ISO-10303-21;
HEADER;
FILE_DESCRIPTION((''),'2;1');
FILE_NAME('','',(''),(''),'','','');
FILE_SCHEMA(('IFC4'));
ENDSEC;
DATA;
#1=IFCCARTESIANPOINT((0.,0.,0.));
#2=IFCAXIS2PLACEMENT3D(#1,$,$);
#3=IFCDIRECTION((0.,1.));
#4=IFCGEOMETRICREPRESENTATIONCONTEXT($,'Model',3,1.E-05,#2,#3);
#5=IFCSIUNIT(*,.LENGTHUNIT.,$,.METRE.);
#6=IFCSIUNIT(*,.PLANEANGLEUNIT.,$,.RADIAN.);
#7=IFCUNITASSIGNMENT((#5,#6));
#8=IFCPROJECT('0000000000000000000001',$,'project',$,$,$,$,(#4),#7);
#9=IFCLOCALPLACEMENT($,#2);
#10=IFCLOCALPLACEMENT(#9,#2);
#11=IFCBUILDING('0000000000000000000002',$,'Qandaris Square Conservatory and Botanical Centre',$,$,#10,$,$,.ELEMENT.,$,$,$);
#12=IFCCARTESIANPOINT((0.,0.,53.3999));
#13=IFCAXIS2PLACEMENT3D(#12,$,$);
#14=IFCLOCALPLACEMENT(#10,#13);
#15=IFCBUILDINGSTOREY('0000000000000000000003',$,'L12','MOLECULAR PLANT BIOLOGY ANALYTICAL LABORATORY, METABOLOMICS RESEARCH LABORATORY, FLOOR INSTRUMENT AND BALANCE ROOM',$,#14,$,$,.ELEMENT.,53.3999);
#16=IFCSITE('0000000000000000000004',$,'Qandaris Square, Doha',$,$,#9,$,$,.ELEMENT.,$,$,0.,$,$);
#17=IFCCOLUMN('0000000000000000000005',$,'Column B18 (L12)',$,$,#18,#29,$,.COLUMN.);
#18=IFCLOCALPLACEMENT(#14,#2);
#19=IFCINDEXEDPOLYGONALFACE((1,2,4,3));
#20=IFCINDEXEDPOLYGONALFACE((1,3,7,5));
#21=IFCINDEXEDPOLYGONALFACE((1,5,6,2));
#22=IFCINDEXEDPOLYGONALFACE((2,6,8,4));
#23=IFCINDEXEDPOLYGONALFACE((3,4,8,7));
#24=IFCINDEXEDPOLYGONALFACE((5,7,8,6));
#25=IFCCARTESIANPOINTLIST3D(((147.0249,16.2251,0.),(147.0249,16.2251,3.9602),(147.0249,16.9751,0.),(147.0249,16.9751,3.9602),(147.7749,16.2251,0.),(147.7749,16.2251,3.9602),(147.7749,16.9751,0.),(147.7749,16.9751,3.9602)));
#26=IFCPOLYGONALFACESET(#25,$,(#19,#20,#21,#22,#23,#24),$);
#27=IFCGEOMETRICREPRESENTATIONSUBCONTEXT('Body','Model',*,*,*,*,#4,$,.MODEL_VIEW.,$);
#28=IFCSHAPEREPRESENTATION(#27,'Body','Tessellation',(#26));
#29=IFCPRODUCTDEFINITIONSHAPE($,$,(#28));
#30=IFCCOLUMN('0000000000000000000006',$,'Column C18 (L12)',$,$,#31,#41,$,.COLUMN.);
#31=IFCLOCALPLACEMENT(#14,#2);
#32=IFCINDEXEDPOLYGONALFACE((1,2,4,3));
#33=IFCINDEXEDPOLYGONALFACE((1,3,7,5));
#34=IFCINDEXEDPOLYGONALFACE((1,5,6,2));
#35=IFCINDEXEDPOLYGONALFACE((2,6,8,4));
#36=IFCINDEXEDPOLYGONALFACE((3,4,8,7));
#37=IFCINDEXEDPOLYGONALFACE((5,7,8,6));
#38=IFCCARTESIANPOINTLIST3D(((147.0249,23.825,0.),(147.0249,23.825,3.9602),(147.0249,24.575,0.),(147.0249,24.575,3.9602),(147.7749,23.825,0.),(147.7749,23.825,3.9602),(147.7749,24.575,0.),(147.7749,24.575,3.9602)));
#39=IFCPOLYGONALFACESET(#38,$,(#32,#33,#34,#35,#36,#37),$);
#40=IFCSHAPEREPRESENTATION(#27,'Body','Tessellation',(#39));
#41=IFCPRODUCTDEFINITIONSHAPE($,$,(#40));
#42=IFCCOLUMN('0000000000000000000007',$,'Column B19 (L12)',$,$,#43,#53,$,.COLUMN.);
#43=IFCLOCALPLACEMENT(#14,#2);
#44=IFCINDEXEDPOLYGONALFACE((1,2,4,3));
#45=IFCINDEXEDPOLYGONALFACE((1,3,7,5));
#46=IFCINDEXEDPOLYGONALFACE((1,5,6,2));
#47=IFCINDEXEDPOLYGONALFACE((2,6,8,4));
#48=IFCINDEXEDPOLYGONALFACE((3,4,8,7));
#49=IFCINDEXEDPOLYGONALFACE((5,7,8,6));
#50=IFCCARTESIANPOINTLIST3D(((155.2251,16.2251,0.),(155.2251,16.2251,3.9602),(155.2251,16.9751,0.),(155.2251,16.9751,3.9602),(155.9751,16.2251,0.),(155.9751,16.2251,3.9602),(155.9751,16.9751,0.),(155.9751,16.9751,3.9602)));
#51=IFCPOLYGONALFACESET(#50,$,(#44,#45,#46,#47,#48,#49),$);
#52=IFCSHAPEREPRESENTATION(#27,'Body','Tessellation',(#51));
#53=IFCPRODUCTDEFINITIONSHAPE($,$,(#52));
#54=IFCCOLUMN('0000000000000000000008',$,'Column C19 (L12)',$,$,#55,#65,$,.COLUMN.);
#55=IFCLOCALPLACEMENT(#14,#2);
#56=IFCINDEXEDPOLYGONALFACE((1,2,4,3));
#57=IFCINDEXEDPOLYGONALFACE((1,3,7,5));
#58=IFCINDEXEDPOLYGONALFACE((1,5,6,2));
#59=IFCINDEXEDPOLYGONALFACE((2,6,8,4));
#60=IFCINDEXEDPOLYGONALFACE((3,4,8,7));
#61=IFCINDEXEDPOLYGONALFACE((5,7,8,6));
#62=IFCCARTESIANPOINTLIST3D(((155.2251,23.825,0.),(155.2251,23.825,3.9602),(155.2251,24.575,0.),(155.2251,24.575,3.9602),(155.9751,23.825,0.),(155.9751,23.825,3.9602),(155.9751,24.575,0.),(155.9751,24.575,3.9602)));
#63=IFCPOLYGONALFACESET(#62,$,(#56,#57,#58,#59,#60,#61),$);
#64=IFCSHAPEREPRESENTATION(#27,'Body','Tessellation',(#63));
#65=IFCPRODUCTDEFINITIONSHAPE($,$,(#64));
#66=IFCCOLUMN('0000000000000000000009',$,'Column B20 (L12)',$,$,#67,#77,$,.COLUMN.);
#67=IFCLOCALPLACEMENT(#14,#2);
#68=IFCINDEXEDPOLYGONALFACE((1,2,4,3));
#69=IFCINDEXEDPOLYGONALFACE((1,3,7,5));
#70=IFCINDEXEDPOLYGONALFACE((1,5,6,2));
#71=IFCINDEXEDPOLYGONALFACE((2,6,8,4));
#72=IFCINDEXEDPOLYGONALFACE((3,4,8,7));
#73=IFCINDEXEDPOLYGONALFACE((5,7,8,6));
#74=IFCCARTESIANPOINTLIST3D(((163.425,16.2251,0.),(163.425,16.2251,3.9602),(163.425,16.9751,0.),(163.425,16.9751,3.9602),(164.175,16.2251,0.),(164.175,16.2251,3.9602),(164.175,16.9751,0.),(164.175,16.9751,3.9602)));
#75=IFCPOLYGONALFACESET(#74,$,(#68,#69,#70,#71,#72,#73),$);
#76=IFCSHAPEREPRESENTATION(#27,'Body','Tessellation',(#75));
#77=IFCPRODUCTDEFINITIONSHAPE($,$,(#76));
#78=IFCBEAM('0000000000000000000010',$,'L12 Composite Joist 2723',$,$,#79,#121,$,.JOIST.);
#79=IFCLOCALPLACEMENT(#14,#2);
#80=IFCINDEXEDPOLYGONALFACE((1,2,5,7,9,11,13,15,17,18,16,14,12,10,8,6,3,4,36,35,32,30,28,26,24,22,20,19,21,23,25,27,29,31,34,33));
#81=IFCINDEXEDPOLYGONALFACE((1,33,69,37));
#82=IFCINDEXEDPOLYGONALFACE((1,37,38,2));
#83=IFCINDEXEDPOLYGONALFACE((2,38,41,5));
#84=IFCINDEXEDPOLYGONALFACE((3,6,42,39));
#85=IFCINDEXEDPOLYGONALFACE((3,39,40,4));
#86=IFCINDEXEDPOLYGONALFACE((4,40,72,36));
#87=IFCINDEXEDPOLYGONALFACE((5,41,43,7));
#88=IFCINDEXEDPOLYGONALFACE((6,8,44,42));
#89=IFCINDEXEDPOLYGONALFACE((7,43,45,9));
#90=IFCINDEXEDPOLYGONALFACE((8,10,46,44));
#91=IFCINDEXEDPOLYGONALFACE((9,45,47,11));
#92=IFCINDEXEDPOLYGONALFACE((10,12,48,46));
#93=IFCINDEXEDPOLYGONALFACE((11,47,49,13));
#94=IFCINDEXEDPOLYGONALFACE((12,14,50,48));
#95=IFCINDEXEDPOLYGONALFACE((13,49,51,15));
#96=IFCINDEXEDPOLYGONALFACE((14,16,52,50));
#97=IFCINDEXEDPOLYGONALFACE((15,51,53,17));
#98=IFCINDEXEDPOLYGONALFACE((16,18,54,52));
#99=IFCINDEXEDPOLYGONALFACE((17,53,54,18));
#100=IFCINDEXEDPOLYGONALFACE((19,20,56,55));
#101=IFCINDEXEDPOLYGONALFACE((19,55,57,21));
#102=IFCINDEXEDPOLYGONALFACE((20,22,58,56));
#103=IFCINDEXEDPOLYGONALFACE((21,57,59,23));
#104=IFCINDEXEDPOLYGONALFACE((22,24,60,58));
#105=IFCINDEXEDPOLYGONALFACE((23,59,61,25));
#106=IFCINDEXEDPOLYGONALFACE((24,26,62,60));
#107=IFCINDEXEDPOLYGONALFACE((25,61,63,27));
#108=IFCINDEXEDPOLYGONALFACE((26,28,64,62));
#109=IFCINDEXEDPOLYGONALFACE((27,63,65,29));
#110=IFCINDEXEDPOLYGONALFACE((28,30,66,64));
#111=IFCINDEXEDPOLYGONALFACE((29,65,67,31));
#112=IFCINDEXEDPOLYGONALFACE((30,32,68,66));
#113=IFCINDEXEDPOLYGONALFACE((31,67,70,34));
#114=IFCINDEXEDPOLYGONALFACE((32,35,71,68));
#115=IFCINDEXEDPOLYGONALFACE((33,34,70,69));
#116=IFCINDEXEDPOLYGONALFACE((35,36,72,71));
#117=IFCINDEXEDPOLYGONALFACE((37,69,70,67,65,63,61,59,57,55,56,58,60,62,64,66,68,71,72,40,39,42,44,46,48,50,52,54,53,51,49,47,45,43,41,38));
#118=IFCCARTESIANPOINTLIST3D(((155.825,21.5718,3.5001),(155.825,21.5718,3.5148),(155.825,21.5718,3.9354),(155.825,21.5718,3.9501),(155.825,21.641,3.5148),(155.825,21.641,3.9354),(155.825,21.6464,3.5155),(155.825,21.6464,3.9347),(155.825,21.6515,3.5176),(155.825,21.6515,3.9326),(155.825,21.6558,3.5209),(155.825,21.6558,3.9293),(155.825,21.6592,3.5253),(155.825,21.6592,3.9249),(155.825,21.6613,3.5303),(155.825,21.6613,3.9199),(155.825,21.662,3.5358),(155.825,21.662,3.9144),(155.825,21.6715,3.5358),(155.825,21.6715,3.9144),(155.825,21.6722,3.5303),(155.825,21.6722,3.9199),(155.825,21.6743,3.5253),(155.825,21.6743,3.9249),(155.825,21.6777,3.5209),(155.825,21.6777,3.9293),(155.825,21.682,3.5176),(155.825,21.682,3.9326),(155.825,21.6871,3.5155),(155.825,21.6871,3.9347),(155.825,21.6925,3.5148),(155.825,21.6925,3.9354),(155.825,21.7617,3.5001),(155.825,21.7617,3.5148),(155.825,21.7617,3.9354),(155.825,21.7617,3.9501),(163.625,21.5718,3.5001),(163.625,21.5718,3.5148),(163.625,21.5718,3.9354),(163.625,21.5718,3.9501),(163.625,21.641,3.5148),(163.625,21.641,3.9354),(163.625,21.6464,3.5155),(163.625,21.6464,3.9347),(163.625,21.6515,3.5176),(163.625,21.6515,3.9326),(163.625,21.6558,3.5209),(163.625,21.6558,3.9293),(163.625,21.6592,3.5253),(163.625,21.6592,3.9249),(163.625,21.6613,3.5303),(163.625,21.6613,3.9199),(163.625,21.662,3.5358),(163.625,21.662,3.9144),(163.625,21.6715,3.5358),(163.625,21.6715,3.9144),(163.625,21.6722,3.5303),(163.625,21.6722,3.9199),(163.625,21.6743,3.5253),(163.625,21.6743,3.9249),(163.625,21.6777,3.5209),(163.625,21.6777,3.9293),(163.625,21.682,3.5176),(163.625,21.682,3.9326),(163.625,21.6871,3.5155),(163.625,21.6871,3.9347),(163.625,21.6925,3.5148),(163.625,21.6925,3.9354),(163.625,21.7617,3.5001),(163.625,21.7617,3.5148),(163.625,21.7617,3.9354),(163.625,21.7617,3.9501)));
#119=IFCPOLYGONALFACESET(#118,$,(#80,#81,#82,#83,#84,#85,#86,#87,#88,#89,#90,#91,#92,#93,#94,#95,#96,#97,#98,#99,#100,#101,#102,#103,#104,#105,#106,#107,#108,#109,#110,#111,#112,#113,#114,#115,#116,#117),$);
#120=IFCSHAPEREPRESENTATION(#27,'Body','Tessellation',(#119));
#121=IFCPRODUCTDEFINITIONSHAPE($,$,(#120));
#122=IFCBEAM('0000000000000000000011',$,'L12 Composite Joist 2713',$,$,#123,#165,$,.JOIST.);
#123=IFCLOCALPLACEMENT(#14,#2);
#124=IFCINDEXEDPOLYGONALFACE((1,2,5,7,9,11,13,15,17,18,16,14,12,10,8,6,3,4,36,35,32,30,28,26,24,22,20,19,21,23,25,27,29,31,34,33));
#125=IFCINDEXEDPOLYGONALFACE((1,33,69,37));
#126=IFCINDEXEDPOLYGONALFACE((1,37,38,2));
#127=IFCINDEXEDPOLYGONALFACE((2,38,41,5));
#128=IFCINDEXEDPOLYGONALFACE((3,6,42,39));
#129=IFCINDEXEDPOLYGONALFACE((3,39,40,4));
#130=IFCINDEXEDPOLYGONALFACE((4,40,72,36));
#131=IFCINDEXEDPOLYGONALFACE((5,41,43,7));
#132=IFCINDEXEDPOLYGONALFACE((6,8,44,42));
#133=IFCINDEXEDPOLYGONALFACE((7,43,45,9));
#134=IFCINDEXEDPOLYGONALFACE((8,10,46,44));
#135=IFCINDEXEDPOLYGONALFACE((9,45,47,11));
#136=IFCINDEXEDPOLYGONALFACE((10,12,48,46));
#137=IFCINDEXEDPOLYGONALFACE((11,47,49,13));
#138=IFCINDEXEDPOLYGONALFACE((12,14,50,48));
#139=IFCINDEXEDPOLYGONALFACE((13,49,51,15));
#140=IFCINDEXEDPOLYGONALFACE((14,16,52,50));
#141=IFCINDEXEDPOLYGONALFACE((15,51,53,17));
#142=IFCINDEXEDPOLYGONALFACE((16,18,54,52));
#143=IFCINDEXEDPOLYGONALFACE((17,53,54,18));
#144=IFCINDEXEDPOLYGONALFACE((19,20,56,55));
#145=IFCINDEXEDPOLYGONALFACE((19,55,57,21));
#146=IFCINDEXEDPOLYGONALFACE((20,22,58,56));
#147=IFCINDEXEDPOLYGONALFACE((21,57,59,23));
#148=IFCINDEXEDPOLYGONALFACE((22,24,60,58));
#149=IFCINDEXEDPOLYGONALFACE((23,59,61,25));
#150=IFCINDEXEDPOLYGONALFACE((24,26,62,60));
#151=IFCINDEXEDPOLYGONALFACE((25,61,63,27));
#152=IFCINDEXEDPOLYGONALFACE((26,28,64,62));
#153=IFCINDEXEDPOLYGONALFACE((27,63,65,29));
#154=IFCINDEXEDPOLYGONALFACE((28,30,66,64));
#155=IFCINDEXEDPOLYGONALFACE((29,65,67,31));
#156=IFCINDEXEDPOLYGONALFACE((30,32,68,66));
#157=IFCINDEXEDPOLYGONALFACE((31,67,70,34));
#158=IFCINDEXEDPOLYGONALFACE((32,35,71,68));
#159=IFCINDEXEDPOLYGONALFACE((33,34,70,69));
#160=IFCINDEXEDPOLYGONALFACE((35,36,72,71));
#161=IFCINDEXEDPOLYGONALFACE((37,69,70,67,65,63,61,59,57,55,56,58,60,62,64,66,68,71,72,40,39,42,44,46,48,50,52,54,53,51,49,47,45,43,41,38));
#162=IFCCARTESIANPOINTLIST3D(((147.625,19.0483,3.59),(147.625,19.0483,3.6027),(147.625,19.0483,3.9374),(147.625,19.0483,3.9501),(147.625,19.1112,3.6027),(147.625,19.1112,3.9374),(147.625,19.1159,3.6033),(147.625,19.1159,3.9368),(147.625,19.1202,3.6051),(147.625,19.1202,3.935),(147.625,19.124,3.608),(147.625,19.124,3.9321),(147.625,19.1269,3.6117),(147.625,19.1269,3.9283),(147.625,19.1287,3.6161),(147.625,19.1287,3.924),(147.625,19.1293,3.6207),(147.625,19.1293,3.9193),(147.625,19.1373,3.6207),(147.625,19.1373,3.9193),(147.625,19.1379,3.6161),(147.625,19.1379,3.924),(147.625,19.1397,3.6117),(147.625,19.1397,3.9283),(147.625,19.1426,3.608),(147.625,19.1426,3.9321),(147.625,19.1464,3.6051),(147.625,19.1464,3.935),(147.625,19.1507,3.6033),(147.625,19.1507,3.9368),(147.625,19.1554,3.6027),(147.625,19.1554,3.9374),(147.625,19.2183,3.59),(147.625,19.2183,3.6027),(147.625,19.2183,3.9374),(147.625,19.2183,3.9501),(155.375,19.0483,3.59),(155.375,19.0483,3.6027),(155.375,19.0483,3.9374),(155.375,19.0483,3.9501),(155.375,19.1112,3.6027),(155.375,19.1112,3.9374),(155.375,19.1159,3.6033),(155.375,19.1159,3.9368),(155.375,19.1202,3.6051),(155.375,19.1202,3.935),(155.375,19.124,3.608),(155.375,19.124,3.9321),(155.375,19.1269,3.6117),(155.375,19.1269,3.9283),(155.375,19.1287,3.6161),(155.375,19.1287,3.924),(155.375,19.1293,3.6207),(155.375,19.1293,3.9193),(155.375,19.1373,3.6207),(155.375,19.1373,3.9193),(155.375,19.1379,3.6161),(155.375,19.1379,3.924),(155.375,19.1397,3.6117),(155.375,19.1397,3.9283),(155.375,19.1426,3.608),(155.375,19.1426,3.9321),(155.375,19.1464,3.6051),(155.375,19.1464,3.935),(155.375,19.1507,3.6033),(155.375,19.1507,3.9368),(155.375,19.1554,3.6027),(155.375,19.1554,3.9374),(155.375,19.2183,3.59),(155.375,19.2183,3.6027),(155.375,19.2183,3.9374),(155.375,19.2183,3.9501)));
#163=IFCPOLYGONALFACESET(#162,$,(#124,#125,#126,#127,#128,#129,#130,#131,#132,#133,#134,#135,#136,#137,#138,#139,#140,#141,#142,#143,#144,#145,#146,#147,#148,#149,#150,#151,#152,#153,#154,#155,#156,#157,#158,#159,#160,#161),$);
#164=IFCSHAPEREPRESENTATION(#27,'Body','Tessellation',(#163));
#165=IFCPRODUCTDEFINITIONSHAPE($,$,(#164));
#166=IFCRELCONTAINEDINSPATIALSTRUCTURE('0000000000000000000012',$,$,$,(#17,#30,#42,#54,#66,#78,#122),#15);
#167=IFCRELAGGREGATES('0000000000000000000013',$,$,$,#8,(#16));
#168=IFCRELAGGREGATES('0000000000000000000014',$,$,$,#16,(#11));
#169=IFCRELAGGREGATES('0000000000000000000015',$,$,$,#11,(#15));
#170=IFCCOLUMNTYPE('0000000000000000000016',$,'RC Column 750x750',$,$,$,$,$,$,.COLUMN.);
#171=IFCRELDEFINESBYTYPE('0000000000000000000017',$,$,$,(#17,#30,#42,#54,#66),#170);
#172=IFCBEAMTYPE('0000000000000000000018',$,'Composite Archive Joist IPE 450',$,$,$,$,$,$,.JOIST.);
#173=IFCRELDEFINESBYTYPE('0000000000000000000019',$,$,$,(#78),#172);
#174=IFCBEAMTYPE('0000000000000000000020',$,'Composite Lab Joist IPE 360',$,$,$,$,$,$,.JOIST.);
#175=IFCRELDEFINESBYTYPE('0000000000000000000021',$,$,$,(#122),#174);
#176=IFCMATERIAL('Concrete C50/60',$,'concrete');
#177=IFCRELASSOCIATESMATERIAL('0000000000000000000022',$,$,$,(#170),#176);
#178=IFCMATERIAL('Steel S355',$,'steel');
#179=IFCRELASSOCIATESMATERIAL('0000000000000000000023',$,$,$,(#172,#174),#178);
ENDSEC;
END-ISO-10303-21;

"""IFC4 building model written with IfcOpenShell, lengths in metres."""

from ifc_helpers import new_model, si_unit, direction, frame, origin, origin_2d, place, context, subcontext, project, spatial, rectangle, i_section, extrude, material, material_profile, profile_set, type_object, element, save


model = new_model("IFC4")

# Units and contexts
model_context = context("Model", 3, precision=1e-05, world=origin(), true_north=direction((0.0, 1.0)))
body_context = subcontext(model_context, "Body", "Model", "MODEL_VIEW")
ifc_project = project(units=[si_unit("LENGTHUNIT", "METRE"), si_unit("PLANEANGLEUNIT", "RADIAN")], contexts=[model_context])

# Site, building, storey
site_placement = place(None, origin())
site = spatial("IfcSite", under=ifc_project, at=site_placement, Name="Qandaris Square, Doha", CompositionType="ELEMENT", RefElevation=0.0)
building_placement = place(site_placement, origin())
building = spatial("IfcBuilding", under=site, at=building_placement, Name="Qandaris Square Conservatory and Botanical Centre", CompositionType="ELEMENT")
storey_placement = place(building_placement, frame((0.0, 0.0, 53.3999)))
storey = spatial("IfcBuildingStorey", under=building, at=storey_placement, Name="L12", Description="MOLECULAR PLANT BIOLOGY ANALYTICAL LABORATORY, METABOLOMICS RESEARCH LABORATORY, FLOOR INSTRUMENT AND BALANCE ROOM", CompositionType="ELEMENT", Elevation=53.3999)

# Columns
ifc_material_1 = material(Name="Concrete C50/60", Category="concrete")
ifc_material_profile_1 = material_profile(ifc_material_1, rectangle(XDim=0.75, YDim=0.75, at=origin_2d()), Name="RC-COL 750x750")
ifc_profile_set_1 = profile_set([ifc_material_profile_1], Name="Concrete C50/60")
column_type = type_object("IfcColumnType", Name="RC Column 750x750", PredefinedType="COLUMN", material=ifc_profile_set_1)
for number, where, z_axis, x_axis, name in (
    (1, (147.3999, 16.6001, 0.0), (0.0, 0.0, 1.0), (1.0, 0.0, 0.0), "Column B18 (L12)"),
    (2, (147.3999, 24.2, 0.0), (0.0, 0.0, 1.0), (1.0, 0.0, 0.0), "Column C18 (L12)"),
    (3, (155.6001, 16.6001, 0.0), (0.0, 0.0, 1.0), (1.0, 0.0, 0.0), "Column B19 (L12)"),
    (4, (155.6001, 24.2, 0.0), (0.0, 0.0, 1.0), (1.0, 0.0, 0.0), "Column C19 (L12)"),
    (5, (163.8, 16.6001, 0.0), (0.0, 0.0, 1.0), (1.0, 0.0, 0.0), "Column B20 (L12)"),
):
    element("IfcColumn", number, at=place(storey_placement, frame(where, z_axis=z_axis, x_axis=x_axis)), inside=storey, type_object=column_type, Name=name, PredefinedType="COLUMN", context=body_context, shape_type="SweptSolid", body=[
        extrude(rectangle(XDim=0.75, YDim=0.75, at=origin_2d()), origin(), (0.0, 0.0, 1.0), 3.9602),
    ])

# Beams
ifc_material_2 = material(Name="Steel S355", Category="steel")
ifc_material_profile_2 = material_profile(ifc_material_2, i_section(OverallWidth=0.1899, OverallDepth=0.45, WebThickness=0.0095, FlangeThickness=0.0146, FilletRadius=0.021, at=origin_2d()), Name="IPE 450")
ifc_profile_set_2 = profile_set([ifc_material_profile_2], Name="Steel S355")
beam_type_1 = type_object("IfcBeamType", Name="Composite Archive Joist IPE 450", PredefinedType="JOIST", material=ifc_profile_set_2)
beam_1_placement = place(storey_placement, frame((155.825, 21.6667, 3.7251), z_axis=(1.0, 0.0, 0.0), x_axis=(0.0, 1.0, 0.0)))
element("IfcBeam", 6, at=beam_1_placement, inside=storey, type_object=beam_type_1, Name="L12 Composite Joist 2723", PredefinedType="JOIST", context=body_context, shape_type="SweptSolid", body=[
    extrude(i_section(OverallWidth=0.1899, OverallDepth=0.45, WebThickness=0.0095, FlangeThickness=0.0146, FilletRadius=0.021, at=origin_2d()), origin(), (0.0, 0.0, 1.0), 7.8),
])
ifc_material_profile_3 = material_profile(ifc_material_2, i_section(OverallWidth=0.1699, OverallDepth=0.3601, WebThickness=0.0081, FlangeThickness=0.0127, FilletRadius=0.0181, at=origin_2d()), Name="IPE 360")
ifc_profile_set_3 = profile_set([ifc_material_profile_3], Name="Steel S355")
beam_type_2 = type_object("IfcBeamType", Name="Composite Lab Joist IPE 360", PredefinedType="JOIST", material=ifc_profile_set_3)
beam_2_placement = place(storey_placement, frame((147.625, 19.1333, 3.77), z_axis=(1.0, 0.0, 0.0), x_axis=(0.0, 1.0, 0.0)))
element("IfcBeam", 7, at=beam_2_placement, inside=storey, type_object=beam_type_2, Name="L12 Composite Joist 2713", PredefinedType="JOIST", context=body_context, shape_type="SweptSolid", body=[
    extrude(i_section(OverallWidth=0.1699, OverallDepth=0.3601, WebThickness=0.0081, FlangeThickness=0.0127, FilletRadius=0.0181, at=origin_2d()), origin(), (0.0, 0.0, 1.0), 7.75),
])

save(model, "model.ifc")
